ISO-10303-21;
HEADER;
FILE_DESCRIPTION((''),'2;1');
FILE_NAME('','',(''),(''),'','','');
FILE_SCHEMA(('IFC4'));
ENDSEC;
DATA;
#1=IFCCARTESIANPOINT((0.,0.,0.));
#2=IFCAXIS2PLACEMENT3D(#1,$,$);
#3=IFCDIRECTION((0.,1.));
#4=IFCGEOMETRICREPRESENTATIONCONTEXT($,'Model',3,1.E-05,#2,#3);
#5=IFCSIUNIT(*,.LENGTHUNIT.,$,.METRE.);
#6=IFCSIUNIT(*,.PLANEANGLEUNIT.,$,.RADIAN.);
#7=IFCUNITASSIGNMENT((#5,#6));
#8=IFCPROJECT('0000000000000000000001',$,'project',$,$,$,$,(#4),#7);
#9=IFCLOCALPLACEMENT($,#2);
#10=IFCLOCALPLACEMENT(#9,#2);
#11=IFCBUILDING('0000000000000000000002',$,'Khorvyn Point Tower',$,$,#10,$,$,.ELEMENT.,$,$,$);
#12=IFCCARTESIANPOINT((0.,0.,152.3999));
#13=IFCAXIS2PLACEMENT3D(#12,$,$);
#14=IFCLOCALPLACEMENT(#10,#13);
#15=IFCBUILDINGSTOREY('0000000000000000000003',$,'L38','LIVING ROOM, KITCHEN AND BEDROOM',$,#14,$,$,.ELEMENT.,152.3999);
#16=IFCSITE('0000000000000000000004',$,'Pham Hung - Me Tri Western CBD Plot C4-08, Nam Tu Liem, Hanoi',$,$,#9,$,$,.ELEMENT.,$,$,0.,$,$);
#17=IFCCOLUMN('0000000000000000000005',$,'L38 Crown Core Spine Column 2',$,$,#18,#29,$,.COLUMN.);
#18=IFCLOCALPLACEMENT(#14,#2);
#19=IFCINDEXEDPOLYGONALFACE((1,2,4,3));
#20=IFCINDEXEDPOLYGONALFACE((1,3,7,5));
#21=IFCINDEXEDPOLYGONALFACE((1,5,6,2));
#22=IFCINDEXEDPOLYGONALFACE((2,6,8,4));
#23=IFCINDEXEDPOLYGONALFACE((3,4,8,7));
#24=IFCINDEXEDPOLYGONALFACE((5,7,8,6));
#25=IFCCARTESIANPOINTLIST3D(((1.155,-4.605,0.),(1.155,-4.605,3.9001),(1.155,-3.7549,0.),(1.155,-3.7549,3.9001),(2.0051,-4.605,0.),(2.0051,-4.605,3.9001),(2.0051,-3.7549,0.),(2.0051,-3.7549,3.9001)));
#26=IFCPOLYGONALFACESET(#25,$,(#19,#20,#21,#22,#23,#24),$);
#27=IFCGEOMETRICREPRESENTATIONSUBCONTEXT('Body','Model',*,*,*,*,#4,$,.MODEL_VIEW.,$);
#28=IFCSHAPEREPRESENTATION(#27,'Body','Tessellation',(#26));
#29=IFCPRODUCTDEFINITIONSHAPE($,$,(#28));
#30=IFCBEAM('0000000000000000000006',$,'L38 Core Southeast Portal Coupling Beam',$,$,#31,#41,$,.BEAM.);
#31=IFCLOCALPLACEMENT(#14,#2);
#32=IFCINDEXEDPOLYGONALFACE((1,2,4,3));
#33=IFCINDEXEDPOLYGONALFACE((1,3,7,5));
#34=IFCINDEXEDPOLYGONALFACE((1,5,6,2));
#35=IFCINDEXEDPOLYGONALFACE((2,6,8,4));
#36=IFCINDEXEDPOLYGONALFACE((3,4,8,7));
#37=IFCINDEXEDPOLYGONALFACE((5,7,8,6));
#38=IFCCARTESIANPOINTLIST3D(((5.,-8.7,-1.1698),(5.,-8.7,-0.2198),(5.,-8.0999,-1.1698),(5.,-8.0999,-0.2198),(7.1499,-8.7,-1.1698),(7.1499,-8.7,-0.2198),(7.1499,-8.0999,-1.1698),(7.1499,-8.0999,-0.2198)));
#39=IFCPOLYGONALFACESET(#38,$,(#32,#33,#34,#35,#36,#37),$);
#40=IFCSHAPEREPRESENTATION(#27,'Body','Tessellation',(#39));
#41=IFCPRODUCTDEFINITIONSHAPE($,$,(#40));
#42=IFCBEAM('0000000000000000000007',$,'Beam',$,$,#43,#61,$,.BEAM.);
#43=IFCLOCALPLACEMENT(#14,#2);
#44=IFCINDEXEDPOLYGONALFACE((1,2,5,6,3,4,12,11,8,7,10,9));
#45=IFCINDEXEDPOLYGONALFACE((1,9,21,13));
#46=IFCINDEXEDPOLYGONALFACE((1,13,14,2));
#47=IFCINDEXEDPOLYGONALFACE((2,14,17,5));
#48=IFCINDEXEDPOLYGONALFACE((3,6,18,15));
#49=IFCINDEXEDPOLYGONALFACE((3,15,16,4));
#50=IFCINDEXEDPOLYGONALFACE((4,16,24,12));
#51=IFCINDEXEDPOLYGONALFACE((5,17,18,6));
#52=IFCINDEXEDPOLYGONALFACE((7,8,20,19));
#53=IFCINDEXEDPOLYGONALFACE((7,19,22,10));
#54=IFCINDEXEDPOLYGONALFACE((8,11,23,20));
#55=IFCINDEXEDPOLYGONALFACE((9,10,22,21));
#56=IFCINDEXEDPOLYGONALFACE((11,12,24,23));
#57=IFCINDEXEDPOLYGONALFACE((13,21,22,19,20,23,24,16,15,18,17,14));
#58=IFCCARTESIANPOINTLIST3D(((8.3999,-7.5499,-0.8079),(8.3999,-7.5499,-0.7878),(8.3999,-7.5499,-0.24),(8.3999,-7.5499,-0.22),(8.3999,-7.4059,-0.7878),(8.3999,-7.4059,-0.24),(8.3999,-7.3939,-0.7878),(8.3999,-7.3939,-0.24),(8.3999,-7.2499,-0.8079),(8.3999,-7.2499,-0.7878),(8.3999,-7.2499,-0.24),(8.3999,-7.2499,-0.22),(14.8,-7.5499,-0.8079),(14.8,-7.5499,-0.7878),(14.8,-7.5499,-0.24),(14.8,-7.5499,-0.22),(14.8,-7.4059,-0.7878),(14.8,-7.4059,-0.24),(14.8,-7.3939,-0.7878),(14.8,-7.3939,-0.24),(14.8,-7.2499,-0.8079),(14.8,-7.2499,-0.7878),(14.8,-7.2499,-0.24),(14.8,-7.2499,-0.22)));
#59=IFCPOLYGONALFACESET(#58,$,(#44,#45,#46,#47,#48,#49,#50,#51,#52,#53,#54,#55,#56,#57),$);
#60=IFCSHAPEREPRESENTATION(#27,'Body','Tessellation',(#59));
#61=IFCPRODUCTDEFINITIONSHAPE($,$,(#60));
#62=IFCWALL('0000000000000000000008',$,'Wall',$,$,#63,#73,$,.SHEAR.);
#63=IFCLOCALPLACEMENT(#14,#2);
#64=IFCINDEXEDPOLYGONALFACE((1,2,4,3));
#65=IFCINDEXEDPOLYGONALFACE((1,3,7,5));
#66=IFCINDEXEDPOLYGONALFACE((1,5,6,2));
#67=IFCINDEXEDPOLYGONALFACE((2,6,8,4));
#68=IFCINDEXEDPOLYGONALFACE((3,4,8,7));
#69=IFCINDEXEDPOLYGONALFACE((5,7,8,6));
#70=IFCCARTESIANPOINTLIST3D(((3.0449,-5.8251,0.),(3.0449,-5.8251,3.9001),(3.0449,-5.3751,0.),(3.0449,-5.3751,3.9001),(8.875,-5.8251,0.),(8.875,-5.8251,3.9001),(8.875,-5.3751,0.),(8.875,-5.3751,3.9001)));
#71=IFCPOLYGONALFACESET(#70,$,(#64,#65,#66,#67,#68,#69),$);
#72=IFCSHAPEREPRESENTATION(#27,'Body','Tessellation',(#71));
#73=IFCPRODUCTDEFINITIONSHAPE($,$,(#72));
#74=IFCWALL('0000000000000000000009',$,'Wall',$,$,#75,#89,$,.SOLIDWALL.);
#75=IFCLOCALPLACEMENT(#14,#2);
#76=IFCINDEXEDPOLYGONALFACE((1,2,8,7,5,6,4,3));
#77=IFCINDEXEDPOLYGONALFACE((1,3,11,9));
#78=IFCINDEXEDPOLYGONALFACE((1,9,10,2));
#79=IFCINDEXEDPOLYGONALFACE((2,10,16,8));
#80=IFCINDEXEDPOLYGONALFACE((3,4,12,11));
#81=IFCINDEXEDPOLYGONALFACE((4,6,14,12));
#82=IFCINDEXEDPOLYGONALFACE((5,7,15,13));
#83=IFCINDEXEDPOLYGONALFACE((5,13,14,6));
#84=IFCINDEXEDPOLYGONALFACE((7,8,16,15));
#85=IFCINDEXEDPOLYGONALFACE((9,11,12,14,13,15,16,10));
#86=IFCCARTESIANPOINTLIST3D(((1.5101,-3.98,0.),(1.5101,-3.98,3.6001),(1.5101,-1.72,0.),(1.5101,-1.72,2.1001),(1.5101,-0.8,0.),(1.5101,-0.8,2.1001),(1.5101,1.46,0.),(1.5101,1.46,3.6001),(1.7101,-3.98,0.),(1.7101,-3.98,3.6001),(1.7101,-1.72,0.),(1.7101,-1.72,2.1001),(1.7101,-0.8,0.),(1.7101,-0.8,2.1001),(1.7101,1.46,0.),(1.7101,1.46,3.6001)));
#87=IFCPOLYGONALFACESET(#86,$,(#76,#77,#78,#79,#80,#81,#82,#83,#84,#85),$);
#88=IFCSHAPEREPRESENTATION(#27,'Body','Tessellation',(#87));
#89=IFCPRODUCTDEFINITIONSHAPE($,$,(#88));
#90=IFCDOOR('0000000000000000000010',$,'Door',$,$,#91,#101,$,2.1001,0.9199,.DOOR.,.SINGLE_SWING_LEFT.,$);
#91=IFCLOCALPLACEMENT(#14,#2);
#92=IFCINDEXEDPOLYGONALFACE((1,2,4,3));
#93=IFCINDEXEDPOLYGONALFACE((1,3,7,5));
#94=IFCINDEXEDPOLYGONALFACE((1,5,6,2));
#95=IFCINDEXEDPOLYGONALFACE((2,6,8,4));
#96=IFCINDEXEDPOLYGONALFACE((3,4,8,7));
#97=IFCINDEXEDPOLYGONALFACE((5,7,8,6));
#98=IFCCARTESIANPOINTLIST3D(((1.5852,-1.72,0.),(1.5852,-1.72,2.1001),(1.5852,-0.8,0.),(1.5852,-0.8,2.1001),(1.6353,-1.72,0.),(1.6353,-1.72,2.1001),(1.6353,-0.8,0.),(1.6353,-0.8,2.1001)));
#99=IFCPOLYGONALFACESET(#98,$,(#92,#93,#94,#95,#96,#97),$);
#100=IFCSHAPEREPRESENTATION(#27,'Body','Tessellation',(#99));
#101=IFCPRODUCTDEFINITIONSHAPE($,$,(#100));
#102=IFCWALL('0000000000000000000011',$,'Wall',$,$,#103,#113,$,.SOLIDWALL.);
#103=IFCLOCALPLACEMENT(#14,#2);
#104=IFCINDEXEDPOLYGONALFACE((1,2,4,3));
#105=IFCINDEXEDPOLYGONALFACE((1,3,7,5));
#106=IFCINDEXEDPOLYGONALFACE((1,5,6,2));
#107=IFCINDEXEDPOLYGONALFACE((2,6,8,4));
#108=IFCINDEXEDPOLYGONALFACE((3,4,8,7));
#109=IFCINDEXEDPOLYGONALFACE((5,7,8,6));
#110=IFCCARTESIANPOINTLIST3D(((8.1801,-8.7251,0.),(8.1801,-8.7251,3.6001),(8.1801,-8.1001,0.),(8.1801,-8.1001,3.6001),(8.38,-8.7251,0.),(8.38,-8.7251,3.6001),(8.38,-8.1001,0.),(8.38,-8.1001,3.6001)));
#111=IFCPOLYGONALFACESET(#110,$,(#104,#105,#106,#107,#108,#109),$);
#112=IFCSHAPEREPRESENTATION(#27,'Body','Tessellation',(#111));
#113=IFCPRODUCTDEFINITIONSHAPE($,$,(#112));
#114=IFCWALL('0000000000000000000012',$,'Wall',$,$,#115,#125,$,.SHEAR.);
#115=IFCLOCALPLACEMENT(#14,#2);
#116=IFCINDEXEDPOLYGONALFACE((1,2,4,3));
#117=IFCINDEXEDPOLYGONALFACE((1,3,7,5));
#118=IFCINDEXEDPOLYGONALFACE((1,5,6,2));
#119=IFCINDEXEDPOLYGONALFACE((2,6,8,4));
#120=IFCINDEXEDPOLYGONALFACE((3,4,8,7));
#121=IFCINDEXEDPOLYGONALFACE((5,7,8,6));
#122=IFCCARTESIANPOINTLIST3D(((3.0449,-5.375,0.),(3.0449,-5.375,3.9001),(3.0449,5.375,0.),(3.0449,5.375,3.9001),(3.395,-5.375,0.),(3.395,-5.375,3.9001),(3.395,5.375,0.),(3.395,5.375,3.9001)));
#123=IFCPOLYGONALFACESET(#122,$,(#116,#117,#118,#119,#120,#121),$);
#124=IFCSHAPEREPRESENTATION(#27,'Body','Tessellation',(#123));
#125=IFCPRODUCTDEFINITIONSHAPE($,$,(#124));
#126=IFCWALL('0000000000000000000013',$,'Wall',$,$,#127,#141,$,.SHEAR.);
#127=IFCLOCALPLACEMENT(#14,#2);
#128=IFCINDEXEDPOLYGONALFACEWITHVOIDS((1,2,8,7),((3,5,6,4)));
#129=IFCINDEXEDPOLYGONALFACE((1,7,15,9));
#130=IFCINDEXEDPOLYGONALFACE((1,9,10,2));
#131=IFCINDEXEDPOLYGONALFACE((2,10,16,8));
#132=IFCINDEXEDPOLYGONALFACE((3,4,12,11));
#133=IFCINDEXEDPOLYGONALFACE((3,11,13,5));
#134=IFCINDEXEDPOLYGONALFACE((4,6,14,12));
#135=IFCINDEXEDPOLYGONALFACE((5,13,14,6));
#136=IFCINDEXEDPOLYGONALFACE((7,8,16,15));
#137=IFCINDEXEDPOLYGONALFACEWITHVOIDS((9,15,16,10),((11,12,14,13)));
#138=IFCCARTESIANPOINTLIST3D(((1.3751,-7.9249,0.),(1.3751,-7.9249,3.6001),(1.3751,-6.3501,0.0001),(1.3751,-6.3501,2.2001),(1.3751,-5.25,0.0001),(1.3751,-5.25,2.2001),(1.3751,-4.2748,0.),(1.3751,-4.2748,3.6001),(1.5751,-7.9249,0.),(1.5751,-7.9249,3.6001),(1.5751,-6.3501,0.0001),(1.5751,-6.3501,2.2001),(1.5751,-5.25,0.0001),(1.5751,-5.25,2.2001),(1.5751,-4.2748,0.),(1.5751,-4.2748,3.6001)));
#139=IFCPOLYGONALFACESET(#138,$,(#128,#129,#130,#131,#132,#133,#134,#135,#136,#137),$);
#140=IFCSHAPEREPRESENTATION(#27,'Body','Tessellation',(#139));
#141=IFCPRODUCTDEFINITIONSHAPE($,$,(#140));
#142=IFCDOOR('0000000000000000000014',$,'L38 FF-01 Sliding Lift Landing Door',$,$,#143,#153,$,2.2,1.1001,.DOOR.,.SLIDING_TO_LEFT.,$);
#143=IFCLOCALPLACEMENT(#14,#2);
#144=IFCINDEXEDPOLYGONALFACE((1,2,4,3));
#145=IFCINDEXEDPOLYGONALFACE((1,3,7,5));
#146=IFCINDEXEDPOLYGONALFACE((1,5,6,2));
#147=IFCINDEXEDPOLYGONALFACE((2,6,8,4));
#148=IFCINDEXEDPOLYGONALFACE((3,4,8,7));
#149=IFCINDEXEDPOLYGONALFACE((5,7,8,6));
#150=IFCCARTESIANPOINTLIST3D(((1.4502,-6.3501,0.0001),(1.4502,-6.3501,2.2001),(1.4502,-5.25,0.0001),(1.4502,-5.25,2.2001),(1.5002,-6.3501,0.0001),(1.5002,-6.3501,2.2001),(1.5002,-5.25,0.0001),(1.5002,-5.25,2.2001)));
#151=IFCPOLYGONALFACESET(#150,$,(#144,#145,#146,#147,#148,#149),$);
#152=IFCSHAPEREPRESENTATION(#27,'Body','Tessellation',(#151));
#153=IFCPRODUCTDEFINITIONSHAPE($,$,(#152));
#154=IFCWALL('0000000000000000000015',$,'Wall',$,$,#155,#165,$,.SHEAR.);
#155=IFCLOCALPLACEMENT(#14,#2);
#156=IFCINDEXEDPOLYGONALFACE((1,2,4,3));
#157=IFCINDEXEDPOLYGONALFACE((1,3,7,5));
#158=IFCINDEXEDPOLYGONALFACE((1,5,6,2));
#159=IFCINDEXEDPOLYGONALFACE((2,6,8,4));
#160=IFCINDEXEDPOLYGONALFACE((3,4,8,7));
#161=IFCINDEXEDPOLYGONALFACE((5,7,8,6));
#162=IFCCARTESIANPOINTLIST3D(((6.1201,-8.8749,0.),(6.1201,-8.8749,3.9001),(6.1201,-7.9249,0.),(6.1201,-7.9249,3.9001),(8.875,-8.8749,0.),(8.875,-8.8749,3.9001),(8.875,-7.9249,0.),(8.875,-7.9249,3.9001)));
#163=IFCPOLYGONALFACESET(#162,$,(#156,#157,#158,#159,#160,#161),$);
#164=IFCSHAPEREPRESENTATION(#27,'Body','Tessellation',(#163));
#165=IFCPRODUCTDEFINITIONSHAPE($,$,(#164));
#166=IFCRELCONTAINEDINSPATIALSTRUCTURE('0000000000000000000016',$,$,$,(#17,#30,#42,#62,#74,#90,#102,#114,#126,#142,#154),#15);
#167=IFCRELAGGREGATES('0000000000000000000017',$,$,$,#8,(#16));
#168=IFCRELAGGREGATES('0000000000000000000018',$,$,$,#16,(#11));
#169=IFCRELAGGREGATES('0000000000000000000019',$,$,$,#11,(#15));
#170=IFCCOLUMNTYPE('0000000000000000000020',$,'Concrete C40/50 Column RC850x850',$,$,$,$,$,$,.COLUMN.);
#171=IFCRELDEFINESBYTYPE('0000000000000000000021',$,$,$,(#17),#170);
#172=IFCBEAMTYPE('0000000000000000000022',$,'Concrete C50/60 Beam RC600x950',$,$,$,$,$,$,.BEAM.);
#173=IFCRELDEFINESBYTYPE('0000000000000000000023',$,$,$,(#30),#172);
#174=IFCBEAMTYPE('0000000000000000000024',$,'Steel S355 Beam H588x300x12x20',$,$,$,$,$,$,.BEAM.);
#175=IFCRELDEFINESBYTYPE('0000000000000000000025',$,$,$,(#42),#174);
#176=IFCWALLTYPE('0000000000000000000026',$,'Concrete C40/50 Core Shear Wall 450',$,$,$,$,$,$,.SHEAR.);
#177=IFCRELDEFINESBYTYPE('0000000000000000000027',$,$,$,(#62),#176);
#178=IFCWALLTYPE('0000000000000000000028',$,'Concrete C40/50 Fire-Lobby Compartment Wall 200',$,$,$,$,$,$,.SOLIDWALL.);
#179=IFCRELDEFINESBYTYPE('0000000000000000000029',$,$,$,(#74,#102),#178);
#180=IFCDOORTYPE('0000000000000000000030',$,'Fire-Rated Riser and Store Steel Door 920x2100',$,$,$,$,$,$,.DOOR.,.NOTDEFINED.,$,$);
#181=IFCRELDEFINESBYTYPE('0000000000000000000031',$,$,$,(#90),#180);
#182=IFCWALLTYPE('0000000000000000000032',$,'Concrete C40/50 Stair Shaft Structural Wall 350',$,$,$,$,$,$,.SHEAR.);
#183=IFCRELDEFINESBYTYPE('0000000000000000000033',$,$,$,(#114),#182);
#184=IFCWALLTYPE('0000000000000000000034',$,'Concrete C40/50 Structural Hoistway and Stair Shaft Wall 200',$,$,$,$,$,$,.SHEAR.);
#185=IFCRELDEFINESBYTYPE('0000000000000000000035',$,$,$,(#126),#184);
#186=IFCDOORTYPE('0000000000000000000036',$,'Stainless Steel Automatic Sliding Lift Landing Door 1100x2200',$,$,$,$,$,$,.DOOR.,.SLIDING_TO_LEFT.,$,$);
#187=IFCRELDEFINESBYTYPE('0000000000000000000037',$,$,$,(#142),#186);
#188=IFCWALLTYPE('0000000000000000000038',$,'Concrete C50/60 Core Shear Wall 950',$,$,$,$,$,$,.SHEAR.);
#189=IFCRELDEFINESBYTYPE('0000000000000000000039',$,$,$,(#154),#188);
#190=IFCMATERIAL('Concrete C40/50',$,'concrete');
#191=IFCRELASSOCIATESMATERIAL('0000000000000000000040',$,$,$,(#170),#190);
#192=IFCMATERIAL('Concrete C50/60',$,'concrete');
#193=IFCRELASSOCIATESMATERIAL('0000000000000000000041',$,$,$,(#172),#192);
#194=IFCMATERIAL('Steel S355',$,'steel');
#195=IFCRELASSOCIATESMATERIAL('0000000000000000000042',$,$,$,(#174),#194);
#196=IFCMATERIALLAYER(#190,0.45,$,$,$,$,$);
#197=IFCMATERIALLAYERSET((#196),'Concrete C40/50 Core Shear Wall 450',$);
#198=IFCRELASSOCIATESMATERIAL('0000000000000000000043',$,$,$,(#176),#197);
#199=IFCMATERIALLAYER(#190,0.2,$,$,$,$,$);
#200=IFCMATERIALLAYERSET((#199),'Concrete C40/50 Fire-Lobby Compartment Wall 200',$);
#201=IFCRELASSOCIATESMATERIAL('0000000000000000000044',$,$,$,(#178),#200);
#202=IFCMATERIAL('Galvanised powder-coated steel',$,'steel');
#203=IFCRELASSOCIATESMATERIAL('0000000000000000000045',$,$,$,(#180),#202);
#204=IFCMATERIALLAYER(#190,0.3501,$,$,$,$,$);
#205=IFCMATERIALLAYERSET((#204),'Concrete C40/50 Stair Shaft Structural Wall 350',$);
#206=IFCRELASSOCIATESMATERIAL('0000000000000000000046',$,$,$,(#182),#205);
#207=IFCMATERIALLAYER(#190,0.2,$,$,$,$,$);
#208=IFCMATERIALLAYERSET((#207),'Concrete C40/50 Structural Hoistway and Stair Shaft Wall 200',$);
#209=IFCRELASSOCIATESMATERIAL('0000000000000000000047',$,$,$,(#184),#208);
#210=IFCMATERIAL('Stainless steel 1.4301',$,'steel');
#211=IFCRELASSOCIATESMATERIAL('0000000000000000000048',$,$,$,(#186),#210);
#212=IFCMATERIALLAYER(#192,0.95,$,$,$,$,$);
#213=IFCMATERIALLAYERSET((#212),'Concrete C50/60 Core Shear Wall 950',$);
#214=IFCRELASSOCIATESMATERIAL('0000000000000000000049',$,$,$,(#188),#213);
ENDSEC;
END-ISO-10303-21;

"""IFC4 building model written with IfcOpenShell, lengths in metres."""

from ifc_helpers import new_model, si_unit, direction, frame, frame_2d, origin, origin_2d, place, context, subcontext, project, spatial, rectangle, i_section, extrude, material, layer, layer_set, material_profile, profile_set, type_object, element, fill, save


model = new_model("IFC4")

# Units and contexts
model_context = context("Model", 3, precision=1e-05, world=origin(), true_north=direction((0.0, 1.0)))
body_context = subcontext(model_context, "Body", "Model", "MODEL_VIEW")
ifc_project = project(units=[si_unit("LENGTHUNIT", "METRE"), si_unit("PLANEANGLEUNIT", "RADIAN")], contexts=[model_context])

# Site, building, storey
site_placement = place(None, origin())
site = spatial("IfcSite", under=ifc_project, at=site_placement, Name="Pham Hung - Me Tri Western CBD Plot C4-08, Nam Tu Liem, Hanoi", CompositionType="ELEMENT", RefElevation=0.0)
building_placement = place(site_placement, origin())
building = spatial("IfcBuilding", under=site, at=building_placement, Name="Khorvyn Point Tower", CompositionType="ELEMENT")
storey_placement = place(building_placement, frame((0.0, 0.0, 152.3999)))
storey = spatial("IfcBuildingStorey", under=building, at=storey_placement, Name="L38", Description="LIVING ROOM, KITCHEN AND BEDROOM", CompositionType="ELEMENT", Elevation=152.3999)

# Column
ifc_material_1 = material(Name="Concrete C40/50", Category="concrete")
ifc_material_profile_1 = material_profile(ifc_material_1, rectangle(XDim=0.8501, YDim=0.8501, at=origin_2d()))
ifc_profile_set_1 = profile_set([ifc_material_profile_1], Name="Concrete C40/50 RC850x850")
column_type = type_object("IfcColumnType", Name="Concrete C40/50 Column RC850x850", PredefinedType="COLUMN", material=ifc_profile_set_1)
column_placement = place(storey_placement, frame((1.5801, -4.1799, 0.0), z_axis=(0.0, 0.0, 1.0), x_axis=(1.0, 0.0, 0.0)))
element("IfcColumn", 1, at=column_placement, inside=storey, type_object=column_type, Name="L38 Crown Core Spine Column 2", PredefinedType="COLUMN", context=body_context, shape_type="SweptSolid", body=[
    extrude(rectangle(XDim=0.8501, YDim=0.8501, at=origin_2d()), origin(), (0.0, 0.0, 1.0), 3.9001),
])

# Beams
ifc_material_2 = material(Name="Concrete C50/60", Category="concrete")
ifc_material_profile_2 = material_profile(ifc_material_2, rectangle(XDim=0.6001, YDim=0.95, at=origin_2d()))
ifc_profile_set_2 = profile_set([ifc_material_profile_2], Name="Concrete C50/60 RC600x950")
beam_type_1 = type_object("IfcBeamType", Name="Concrete C50/60 Beam RC600x950", PredefinedType="BEAM", material=ifc_profile_set_2)
beam_1_placement = place(storey_placement, frame((5.0, -8.3999, -0.6948), z_axis=(1.0, 0.0, 0.0), x_axis=(0.0, 1.0, 0.0)))
element("IfcBeam", 2, at=beam_1_placement, inside=storey, type_object=beam_type_1, Name="L38 Core Southeast Portal Coupling Beam", PredefinedType="BEAM", context=body_context, shape_type="SweptSolid", body=[
    extrude(rectangle(XDim=0.6001, YDim=0.95, at=origin_2d()), origin(), (0.0, 0.0, 1.0), 2.1499),
])
ifc_material_3 = material(Name="Steel S355", Category="steel")
ifc_material_profile_3 = material_profile(ifc_material_3, i_section(OverallWidth=0.3, OverallDepth=0.5879, WebThickness=0.012, FlangeThickness=0.02, at=origin_2d()))
ifc_profile_set_3 = profile_set([ifc_material_profile_3], Name="Steel S355 H588x300x12x20")
beam_type_2 = type_object("IfcBeamType", Name="Steel S355 Beam H588x300x12x20", PredefinedType="BEAM", material=ifc_profile_set_3)
beam_2_placement = place(storey_placement, frame((8.3999, -7.3999, -0.5139), z_axis=(1.0, 0.0, 0.0), x_axis=(0.0, 1.0, 0.0)))
element("IfcBeam", 3, at=beam_2_placement, inside=storey, type_object=beam_type_2, Name="Beam", PredefinedType="BEAM", context=body_context, shape_type="SweptSolid", body=[
    extrude(i_section(OverallWidth=0.3, OverallDepth=0.5879, WebThickness=0.012, FlangeThickness=0.02, at=origin_2d()), origin(), (0.0, 0.0, 1.0), 6.4001),
])

# Wall
ifc_layer_1 = layer(ifc_material_1, 0.45)
ifc_layer_set_1 = layer_set([ifc_layer_1], Name="Concrete C40/50 Core Shear Wall 450")
wall_type_1 = type_object("IfcWallType", Name="Concrete C40/50 Core Shear Wall 450", PredefinedType="SHEAR", material=ifc_layer_set_1)
wall_1_placement = place(storey_placement, frame((3.0449, -5.6001, 0.0), z_axis=(0.0, 0.0, 1.0), x_axis=(1.0, 0.0, 0.0)))
element("IfcWall", 4, at=wall_1_placement, inside=storey, type_object=wall_type_1, Name="Wall", PredefinedType="SHEAR", context=body_context, shape_type="SweptSolid", body=[
    extrude(rectangle(XDim=5.8301, YDim=0.45, at=frame_2d((2.915, 0.0))), origin(), (0.0, 0.0, 1.0), 3.9001),
])

# Wall, opening, door
ifc_layer_2 = layer(ifc_material_1, 0.2)
ifc_layer_set_2 = layer_set([ifc_layer_2], Name="Concrete C40/50 Fire-Lobby Compartment Wall 200")
wall_type_2 = type_object("IfcWallType", Name="Concrete C40/50 Fire-Lobby Compartment Wall 200", PredefinedType="SOLIDWALL", material=ifc_layer_set_2)
ifc_material_4 = material(Name="Galvanised powder-coated steel", Category="steel")
wall_2_placement = place(storey_placement, frame((1.6101, -3.98, 0.0), z_axis=(0.0, 0.0, 1.0), x_axis=(0.0, 1.0, 0.0)))
wall_2 = element("IfcWall", 5, at=wall_2_placement, inside=storey, type_object=wall_type_2, Name="Wall", PredefinedType="SOLIDWALL", context=body_context, shape_type="SweptSolid", body=[
    extrude(rectangle(XDim=5.4399, YDim=0.2, at=frame_2d((2.72, 0.0))), origin(), (0.0, 0.0, 1.0), 3.6001),
])
opening_1_placement = place(wall_2_placement, frame((2.26, 0.0, 0.0)))
opening_1 = element("IfcOpeningElement", 6, at=opening_1_placement, cuts=wall_2, PredefinedType="OPENING", context=body_context, shape_type="SweptSolid", body=[
    extrude(rectangle(XDim=0.9199, YDim=2.1001, at=frame_2d((0.46, 1.05))), frame((0.0, 0.1099, 0.0), z_axis=(0.0, -1.0, 0.0), x_axis=(1.0, 0.0, 0.0)), (0.0, 0.0, 1.0), 0.22),
])
door_type_1 = type_object("IfcDoorType", Name="Fire-Rated Riser and Store Steel Door 920x2100", OperationType="NOTDEFINED", PredefinedType="DOOR", material=ifc_material_4)
door_1_placement = place(opening_1_placement, origin())
door_1 = element("IfcDoor", 7, at=door_1_placement, inside=storey, type_object=door_type_1, Name="Door", OperationType="SINGLE_SWING_LEFT", OverallHeight=2.1001, OverallWidth=0.9199, PredefinedType="DOOR", context=body_context, shape_type="SweptSolid", body=[
    extrude(rectangle(XDim=0.9199, YDim=2.1001, at=frame_2d((0.46, 1.05))), frame((0.0, 0.0249, 0.0), z_axis=(0.0, -1.0, 0.0), x_axis=(1.0, 0.0, 0.0)), (0.0, 0.0, 1.0), 0.05),
])
fill(opening_1, door_1)

# Walls
wall_3_placement = place(storey_placement, frame((8.28, -8.7251, 0.0), z_axis=(0.0, 0.0, 1.0), x_axis=(0.0, 1.0, 0.0)))
element("IfcWall", 8, at=wall_3_placement, inside=storey, type_object=wall_type_2, Name="Wall", PredefinedType="SOLIDWALL", context=body_context, shape_type="SweptSolid", body=[
    extrude(rectangle(XDim=0.625, YDim=0.2, at=frame_2d((0.3125, 0.0))), origin(), (0.0, 0.0, 1.0), 3.6001),
])
ifc_layer_3 = layer(ifc_material_1, 0.3501)
ifc_layer_set_3 = layer_set([ifc_layer_3], Name="Concrete C40/50 Stair Shaft Structural Wall 350")
wall_type_3 = type_object("IfcWallType", Name="Concrete C40/50 Stair Shaft Structural Wall 350", PredefinedType="SHEAR", material=ifc_layer_set_3)
wall_4_placement = place(storey_placement, frame((3.22, -5.375, 0.0), z_axis=(0.0, 0.0, 1.0), x_axis=(0.0, 1.0, 0.0)))
element("IfcWall", 9, at=wall_4_placement, inside=storey, type_object=wall_type_3, Name="Wall", PredefinedType="SHEAR", context=body_context, shape_type="SweptSolid", body=[
    extrude(rectangle(XDim=10.75, YDim=0.3501, at=frame_2d((5.375, 0.0))), origin(), (0.0, 0.0, 1.0), 3.9001),
])

# Wall, opening, door
ifc_layer_4 = layer(ifc_material_1, 0.2)
ifc_layer_set_4 = layer_set([ifc_layer_4], Name="Concrete C40/50 Structural Hoistway and Stair Shaft Wall 200")
wall_type_4 = type_object("IfcWallType", Name="Concrete C40/50 Structural Hoistway and Stair Shaft Wall 200", PredefinedType="SHEAR", material=ifc_layer_set_4)
wall_5_placement = place(storey_placement, frame((1.4751, -7.925, 0.0), z_axis=(0.0, 0.0, 1.0), x_axis=(0.0, 1.0, 0.0)))
wall_5 = element("IfcWall", 10, at=wall_5_placement, inside=storey, type_object=wall_type_4, Name="Wall", PredefinedType="SHEAR", context=body_context, shape_type="SweptSolid", body=[
    extrude(rectangle(XDim=3.6501, YDim=0.2, at=frame_2d((1.8252, 0.0))), origin(), (0.0, 0.0, 1.0), 3.6001),
])
opening_2_placement = place(wall_5_placement, frame((1.575, 0.0, 0.0)))
opening_2 = element("IfcOpeningElement", 11, at=opening_2_placement, cuts=wall_5, PredefinedType="OPENING", context=body_context, shape_type="SweptSolid", body=[
    extrude(rectangle(XDim=1.1001, YDim=2.2, at=frame_2d((0.55, 1.1001))), frame((0.0, 0.1099, 0.0), z_axis=(0.0, -1.0, 0.0), x_axis=(1.0, 0.0, 0.0)), (0.0, 0.0, 1.0), 0.22),
])
ifc_material_5 = material(Name="Stainless steel 1.4301", Category="steel")
door_type_2 = type_object("IfcDoorType", Name="Stainless Steel Automatic Sliding Lift Landing Door 1100x2200", OperationType="SLIDING_TO_LEFT", PredefinedType="DOOR", material=ifc_material_5)
door_2_placement = place(opening_2_placement, origin())
door_2 = element("IfcDoor", 12, at=door_2_placement, inside=storey, type_object=door_type_2, Name="L38 FF-01 Sliding Lift Landing Door", OperationType="SLIDING_TO_LEFT", OverallHeight=2.2, OverallWidth=1.1001, PredefinedType="DOOR", context=body_context, shape_type="SweptSolid", body=[
    extrude(rectangle(XDim=1.1001, YDim=2.2, at=frame_2d((0.55, 1.1001))), frame((0.0, 0.0249, 0.0), z_axis=(0.0, -1.0, 0.0), x_axis=(1.0, 0.0, 0.0)), (0.0, 0.0, 1.0), 0.05),
])
fill(opening_2, door_2)

# Wall
ifc_layer_5 = layer(ifc_material_2, 0.95)
ifc_layer_set_5 = layer_set([ifc_layer_5], Name="Concrete C50/60 Core Shear Wall 950")
wall_type_5 = type_object("IfcWallType", Name="Concrete C50/60 Core Shear Wall 950", PredefinedType="SHEAR", material=ifc_layer_set_5)
wall_6_placement = place(storey_placement, frame((6.1201, -8.3999, 0.0), z_axis=(0.0, 0.0, 1.0), x_axis=(1.0, 0.0, 0.0)))
element("IfcWall", 13, at=wall_6_placement, inside=storey, type_object=wall_type_5, Name="Wall", PredefinedType="SHEAR", context=body_context, shape_type="SweptSolid", body=[
    extrude(rectangle(XDim=2.7549, YDim=0.95, at=frame_2d((1.3774, 0.0))), origin(), (0.0, 0.0, 1.0), 3.9001),
])

save(model, "model.ifc")
